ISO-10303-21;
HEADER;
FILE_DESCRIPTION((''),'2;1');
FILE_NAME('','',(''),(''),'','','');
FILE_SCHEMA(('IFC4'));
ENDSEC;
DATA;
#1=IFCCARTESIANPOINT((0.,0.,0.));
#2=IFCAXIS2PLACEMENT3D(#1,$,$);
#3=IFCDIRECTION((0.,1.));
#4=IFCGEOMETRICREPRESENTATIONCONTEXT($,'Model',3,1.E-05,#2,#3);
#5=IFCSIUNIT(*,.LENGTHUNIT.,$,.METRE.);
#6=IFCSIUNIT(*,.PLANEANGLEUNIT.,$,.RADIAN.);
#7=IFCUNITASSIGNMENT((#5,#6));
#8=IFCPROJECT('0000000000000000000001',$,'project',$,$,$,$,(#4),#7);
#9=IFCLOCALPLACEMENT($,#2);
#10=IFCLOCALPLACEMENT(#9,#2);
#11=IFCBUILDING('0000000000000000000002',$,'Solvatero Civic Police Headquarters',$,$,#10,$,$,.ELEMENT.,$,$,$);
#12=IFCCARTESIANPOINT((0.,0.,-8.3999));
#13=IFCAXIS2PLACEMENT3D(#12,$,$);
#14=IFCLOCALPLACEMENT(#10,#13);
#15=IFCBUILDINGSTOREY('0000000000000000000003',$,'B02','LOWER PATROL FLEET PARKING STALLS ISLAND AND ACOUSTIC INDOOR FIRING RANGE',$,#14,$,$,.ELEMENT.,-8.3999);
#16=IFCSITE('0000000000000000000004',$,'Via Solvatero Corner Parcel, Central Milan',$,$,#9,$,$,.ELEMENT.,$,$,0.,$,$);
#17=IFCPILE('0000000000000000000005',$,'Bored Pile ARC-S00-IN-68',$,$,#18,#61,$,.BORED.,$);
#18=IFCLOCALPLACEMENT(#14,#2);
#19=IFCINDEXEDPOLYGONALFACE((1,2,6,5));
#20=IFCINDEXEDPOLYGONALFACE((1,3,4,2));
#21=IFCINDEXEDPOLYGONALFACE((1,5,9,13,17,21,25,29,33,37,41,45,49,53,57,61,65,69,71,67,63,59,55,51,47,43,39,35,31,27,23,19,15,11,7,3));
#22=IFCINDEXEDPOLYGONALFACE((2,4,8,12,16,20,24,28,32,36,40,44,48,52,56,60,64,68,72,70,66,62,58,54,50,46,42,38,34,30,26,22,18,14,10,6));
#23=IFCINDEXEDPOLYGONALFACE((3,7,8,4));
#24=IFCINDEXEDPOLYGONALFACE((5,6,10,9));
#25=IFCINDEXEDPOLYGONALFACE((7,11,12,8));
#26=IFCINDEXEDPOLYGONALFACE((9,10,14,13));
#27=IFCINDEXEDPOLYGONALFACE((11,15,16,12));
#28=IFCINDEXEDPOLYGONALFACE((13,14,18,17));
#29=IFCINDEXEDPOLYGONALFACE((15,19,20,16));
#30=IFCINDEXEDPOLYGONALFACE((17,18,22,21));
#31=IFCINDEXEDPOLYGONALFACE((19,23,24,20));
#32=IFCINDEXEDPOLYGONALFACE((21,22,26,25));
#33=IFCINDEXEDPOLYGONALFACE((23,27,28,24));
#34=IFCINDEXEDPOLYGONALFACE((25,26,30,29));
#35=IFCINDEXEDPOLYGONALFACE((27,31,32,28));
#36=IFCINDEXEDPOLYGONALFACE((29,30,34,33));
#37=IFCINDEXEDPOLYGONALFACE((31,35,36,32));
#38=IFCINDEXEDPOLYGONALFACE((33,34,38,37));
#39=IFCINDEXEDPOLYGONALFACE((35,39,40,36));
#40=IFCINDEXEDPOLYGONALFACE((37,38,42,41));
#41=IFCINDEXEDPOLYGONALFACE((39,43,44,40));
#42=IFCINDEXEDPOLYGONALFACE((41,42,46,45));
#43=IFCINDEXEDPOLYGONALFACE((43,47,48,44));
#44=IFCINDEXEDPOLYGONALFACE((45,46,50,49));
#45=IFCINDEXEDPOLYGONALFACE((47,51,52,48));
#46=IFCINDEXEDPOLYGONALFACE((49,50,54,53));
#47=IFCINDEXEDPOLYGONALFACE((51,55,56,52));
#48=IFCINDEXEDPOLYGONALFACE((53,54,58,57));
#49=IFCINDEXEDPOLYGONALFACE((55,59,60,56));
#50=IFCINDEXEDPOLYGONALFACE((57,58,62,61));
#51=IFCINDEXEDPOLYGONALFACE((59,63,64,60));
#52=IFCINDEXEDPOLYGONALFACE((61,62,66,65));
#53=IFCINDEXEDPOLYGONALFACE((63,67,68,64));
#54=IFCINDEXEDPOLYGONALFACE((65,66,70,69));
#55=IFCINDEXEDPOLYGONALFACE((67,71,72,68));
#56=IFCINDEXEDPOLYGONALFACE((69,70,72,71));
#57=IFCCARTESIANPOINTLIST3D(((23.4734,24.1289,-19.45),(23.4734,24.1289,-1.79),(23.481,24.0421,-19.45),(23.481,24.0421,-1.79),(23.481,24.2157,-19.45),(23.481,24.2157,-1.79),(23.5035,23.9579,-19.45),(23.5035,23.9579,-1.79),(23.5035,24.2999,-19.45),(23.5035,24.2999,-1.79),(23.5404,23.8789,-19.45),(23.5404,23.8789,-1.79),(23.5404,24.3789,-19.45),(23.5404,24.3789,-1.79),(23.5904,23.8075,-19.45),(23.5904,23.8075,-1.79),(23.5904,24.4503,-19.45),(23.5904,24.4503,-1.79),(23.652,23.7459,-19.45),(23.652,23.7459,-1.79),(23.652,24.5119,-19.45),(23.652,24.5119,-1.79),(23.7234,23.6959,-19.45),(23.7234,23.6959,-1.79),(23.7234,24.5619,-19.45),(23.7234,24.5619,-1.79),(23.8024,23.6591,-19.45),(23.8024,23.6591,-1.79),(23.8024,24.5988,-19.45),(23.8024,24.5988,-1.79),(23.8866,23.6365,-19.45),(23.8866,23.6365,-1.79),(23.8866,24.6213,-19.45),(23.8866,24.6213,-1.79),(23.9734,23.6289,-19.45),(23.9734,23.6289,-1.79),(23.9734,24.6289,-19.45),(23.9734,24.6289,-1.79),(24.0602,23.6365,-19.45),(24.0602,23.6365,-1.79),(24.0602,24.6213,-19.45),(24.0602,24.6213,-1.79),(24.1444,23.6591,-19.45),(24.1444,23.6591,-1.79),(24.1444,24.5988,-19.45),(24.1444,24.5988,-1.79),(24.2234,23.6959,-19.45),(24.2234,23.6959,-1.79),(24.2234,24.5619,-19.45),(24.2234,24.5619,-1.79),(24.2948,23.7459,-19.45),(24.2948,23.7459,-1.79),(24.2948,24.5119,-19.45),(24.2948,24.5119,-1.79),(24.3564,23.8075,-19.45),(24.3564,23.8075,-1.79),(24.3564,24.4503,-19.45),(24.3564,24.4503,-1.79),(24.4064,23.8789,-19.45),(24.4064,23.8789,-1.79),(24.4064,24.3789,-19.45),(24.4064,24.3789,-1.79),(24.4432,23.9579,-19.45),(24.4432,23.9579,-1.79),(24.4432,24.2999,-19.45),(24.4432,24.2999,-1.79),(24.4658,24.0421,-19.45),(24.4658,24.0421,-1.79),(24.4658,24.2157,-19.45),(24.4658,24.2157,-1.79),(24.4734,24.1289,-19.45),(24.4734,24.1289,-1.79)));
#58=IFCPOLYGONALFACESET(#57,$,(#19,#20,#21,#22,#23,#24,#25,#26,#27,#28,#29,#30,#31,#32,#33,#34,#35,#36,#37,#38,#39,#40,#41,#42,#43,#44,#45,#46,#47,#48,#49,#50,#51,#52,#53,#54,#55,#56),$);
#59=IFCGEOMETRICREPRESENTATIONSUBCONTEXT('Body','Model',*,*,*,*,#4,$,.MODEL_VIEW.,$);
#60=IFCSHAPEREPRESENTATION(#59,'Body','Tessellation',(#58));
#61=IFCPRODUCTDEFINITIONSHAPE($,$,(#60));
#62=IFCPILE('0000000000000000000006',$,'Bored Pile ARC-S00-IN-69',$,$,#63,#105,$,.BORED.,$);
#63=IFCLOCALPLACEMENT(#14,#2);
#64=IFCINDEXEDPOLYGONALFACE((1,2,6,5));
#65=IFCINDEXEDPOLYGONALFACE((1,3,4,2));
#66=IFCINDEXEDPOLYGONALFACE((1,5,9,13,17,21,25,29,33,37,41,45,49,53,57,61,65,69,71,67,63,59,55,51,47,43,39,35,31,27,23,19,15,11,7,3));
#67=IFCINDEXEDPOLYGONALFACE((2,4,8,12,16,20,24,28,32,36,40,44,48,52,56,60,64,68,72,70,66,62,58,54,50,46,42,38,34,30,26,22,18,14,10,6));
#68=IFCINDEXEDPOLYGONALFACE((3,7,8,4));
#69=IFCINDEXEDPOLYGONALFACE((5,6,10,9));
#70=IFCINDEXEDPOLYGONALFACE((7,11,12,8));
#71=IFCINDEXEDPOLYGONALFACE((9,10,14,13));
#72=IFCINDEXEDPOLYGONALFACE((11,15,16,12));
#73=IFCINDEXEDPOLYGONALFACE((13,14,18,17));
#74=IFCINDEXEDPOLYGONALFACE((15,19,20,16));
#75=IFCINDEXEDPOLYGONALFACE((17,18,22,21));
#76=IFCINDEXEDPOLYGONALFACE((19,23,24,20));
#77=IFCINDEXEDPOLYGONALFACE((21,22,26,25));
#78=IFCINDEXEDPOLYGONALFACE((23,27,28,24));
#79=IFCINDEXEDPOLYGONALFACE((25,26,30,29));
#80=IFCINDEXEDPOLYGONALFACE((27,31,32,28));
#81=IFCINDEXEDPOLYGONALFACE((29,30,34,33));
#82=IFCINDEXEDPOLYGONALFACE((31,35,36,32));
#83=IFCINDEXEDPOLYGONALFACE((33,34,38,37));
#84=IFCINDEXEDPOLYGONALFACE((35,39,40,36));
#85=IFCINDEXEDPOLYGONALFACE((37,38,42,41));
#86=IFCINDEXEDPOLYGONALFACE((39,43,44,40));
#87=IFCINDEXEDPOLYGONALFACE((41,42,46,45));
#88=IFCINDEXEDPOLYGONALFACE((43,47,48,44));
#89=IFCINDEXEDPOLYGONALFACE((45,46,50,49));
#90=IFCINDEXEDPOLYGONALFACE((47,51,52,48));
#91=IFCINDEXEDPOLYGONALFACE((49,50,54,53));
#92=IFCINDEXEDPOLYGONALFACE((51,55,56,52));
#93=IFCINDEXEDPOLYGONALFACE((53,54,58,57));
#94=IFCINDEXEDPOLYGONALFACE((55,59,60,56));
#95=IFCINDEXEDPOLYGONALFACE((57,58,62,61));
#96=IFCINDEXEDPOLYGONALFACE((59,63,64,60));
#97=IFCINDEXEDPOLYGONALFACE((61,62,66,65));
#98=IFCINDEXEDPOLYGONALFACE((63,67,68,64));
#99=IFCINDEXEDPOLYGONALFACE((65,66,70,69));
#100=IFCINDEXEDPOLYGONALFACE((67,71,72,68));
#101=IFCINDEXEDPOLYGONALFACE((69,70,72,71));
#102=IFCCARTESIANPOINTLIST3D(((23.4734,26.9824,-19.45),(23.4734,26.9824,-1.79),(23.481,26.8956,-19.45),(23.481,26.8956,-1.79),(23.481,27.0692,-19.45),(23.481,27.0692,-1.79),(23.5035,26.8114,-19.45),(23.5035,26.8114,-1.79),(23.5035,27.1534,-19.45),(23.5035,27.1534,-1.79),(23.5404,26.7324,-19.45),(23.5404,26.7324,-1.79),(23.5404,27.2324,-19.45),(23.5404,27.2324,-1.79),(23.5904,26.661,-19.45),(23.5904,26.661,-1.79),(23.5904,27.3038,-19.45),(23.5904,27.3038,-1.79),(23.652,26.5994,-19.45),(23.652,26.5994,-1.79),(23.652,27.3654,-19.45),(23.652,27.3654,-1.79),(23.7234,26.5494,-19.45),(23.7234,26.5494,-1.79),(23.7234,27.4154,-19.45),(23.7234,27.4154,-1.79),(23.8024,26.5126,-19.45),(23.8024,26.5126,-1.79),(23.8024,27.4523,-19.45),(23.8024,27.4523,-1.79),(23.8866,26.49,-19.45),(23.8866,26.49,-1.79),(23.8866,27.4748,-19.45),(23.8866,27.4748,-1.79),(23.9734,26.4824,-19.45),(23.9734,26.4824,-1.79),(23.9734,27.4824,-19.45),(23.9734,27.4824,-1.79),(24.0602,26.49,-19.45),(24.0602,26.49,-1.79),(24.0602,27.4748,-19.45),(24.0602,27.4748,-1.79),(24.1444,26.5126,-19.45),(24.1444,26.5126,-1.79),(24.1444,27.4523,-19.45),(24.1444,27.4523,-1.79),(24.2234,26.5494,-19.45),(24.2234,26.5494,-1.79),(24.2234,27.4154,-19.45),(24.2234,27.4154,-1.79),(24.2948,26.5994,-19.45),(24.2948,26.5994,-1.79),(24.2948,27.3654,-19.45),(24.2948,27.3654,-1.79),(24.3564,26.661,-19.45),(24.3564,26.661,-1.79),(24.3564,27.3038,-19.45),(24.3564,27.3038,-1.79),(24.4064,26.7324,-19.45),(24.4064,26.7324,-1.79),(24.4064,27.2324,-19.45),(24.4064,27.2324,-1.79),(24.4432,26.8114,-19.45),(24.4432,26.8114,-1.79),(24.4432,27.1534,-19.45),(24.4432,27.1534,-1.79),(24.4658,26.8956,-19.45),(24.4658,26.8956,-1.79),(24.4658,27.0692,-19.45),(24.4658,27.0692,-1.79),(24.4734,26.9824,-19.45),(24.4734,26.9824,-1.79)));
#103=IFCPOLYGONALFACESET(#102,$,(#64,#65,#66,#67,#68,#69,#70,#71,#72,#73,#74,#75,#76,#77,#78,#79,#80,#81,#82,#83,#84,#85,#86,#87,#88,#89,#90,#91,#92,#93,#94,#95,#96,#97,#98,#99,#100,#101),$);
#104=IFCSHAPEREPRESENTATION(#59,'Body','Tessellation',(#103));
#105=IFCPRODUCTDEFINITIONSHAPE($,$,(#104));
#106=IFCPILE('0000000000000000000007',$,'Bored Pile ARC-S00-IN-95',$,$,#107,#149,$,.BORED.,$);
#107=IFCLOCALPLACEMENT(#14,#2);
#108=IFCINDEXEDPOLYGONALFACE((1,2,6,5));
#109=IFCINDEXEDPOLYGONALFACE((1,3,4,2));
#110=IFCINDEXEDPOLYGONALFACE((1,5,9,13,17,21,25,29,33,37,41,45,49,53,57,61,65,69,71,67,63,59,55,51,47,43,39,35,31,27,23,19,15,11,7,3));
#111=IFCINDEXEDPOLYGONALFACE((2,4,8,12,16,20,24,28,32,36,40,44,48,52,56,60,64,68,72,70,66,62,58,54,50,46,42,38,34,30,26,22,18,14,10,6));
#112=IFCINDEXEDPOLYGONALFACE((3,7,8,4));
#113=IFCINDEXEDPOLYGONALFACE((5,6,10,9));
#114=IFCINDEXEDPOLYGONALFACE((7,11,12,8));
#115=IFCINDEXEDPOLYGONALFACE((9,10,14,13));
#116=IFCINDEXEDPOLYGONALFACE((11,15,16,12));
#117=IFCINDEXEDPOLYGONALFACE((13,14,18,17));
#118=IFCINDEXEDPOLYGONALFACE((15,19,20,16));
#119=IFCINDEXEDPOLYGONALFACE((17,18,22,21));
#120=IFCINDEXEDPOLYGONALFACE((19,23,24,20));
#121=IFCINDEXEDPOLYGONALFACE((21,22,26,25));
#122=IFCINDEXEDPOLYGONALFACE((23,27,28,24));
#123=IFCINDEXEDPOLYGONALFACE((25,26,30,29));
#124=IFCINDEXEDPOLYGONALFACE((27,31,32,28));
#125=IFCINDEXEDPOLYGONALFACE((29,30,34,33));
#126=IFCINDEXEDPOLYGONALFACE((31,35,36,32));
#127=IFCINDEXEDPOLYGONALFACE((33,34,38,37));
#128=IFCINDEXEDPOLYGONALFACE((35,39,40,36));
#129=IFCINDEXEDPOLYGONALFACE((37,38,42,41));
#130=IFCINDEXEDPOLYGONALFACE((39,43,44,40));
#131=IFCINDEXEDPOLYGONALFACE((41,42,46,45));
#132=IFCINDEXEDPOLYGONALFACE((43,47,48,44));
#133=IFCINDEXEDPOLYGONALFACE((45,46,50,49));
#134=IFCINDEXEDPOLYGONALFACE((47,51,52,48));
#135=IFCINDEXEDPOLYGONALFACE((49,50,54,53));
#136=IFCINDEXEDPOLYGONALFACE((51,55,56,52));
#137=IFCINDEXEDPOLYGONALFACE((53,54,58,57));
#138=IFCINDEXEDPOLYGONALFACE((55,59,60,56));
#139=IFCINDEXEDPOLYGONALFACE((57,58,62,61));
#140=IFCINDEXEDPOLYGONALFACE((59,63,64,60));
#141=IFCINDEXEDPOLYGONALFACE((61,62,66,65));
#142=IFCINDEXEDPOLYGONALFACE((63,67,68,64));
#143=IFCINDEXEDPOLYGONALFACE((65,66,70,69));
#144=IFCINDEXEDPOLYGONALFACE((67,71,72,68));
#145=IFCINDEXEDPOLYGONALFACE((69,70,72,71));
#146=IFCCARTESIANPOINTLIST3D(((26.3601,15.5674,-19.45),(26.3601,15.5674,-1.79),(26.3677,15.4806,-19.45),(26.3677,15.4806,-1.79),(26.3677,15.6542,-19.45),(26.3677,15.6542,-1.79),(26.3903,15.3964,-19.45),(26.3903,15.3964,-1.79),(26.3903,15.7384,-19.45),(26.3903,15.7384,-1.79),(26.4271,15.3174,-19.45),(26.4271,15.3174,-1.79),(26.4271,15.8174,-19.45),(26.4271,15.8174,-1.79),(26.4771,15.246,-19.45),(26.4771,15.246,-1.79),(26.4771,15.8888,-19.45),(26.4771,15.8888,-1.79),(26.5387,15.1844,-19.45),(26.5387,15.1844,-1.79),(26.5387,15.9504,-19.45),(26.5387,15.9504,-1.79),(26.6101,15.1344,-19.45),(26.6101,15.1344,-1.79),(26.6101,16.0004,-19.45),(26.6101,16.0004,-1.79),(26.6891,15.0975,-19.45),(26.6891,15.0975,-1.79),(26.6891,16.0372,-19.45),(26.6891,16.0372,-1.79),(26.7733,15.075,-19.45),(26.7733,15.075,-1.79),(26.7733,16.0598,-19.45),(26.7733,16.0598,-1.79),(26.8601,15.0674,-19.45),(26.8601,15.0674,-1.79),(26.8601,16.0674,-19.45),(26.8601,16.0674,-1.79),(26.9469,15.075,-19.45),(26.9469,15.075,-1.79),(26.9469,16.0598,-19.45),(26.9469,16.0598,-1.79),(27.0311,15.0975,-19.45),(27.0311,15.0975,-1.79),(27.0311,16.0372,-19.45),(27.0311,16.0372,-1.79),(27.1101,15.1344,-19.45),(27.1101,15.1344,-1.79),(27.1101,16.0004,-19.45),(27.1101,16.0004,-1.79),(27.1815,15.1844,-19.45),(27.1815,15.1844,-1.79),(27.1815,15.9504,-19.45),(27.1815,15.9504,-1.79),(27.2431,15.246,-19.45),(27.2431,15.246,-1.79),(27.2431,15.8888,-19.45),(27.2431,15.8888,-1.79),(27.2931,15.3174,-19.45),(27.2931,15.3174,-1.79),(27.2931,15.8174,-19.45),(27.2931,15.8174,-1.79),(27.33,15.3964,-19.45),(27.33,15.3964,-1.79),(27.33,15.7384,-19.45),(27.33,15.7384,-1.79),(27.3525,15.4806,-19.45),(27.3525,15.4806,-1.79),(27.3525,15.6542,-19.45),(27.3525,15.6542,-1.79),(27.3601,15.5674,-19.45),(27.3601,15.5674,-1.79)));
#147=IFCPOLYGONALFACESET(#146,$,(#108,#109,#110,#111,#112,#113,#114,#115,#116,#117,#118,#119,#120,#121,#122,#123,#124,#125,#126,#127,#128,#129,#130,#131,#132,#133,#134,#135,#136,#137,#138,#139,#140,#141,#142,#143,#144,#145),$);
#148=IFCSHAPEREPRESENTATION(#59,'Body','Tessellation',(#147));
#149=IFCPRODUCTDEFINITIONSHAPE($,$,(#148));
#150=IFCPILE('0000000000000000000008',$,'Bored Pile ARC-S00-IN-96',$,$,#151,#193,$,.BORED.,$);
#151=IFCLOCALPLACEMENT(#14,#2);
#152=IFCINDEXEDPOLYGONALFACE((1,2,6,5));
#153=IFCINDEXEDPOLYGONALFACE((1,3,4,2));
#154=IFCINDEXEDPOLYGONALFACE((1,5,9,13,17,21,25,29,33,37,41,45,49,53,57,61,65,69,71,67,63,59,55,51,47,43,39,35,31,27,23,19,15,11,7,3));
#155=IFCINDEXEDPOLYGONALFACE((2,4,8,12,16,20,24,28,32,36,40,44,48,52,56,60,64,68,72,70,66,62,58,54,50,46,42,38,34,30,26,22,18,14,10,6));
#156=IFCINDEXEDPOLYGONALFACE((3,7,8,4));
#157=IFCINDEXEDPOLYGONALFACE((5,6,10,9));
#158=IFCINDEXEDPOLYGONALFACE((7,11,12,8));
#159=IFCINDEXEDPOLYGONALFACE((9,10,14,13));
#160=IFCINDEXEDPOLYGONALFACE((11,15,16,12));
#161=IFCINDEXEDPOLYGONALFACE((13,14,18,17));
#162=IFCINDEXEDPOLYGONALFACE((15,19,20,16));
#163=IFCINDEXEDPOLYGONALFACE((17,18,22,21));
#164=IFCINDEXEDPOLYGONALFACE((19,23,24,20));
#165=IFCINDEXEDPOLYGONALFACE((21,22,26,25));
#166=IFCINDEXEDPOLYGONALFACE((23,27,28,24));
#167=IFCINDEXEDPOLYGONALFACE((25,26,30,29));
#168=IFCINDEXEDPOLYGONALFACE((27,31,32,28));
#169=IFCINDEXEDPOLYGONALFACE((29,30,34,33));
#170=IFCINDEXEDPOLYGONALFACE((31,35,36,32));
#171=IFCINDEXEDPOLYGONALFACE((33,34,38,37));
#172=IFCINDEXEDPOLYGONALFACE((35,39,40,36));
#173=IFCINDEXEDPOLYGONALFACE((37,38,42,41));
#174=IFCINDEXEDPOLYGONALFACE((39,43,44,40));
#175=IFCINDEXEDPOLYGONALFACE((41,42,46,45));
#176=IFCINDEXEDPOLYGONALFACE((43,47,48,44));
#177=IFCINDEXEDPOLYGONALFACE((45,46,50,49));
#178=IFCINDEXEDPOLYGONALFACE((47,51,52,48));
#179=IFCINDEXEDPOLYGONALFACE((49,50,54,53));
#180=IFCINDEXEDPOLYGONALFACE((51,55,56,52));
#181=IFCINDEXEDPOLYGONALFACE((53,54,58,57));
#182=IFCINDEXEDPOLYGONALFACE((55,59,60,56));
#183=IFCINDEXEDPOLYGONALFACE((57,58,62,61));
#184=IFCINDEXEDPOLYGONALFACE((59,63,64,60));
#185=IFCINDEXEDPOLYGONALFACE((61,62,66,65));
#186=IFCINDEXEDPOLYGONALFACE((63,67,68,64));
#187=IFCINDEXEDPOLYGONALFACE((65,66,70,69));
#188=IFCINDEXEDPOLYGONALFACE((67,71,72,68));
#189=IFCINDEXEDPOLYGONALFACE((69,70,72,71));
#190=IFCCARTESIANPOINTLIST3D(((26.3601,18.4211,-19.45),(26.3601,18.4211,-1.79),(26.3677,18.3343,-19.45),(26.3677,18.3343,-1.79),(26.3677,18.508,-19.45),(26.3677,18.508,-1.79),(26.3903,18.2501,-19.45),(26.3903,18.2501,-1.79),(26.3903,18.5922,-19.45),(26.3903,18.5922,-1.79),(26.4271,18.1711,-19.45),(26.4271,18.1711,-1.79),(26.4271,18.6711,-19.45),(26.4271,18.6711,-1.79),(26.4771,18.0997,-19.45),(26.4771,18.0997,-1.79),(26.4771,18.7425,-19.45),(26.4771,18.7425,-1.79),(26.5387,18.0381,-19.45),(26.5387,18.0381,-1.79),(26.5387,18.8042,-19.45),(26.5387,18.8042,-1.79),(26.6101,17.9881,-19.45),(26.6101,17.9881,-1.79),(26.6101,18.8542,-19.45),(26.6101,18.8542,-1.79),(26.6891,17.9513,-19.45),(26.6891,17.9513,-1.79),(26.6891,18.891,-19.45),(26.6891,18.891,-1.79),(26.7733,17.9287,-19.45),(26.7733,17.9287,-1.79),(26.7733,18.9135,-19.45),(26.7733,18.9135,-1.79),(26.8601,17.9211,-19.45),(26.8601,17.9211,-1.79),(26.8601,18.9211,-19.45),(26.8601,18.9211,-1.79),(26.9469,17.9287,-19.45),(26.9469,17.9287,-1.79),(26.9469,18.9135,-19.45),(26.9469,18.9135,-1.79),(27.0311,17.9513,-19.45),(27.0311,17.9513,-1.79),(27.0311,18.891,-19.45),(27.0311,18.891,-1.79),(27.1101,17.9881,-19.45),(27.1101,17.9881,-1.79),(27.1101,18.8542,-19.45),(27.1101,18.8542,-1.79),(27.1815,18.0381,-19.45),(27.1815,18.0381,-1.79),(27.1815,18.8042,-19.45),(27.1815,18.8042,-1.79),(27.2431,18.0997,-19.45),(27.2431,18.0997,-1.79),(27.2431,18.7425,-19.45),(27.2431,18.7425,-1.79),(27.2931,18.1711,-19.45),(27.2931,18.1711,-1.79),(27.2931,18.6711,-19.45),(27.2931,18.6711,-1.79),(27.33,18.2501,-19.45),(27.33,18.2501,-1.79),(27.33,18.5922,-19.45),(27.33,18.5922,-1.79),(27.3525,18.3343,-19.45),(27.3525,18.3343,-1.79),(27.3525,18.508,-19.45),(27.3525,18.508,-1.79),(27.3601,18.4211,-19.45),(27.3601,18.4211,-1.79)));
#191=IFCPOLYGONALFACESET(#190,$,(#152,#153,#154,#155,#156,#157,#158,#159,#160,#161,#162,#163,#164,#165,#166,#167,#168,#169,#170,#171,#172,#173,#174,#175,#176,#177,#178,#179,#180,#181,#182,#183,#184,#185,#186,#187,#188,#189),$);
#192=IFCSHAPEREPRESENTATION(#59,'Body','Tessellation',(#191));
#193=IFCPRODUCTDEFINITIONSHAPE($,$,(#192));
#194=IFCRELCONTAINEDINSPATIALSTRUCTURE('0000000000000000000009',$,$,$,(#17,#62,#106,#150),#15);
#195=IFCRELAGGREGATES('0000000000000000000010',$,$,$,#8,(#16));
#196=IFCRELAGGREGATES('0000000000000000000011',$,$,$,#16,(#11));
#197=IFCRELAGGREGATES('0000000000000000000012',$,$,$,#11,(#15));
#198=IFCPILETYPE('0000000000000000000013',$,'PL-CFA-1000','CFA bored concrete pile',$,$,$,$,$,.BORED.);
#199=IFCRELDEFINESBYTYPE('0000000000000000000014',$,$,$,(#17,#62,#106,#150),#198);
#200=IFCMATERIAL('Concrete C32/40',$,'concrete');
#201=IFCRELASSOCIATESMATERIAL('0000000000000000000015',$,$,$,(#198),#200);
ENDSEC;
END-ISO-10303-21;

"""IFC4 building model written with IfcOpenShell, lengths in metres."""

from ifc_helpers import new_model, si_unit, direction, frame, origin, origin_2d, place, context, subcontext, project, spatial, circle, extrude, material, material_profile, profile_set, type_object, element, save


model = new_model("IFC4")

# Units and contexts
model_context = context("Model", 3, precision=1e-05, world=origin(), true_north=direction((0.0, 1.0)))
body_context = subcontext(model_context, "Body", "Model", "MODEL_VIEW")
ifc_project = project(units=[si_unit("LENGTHUNIT", "METRE"), si_unit("PLANEANGLEUNIT", "RADIAN")], contexts=[model_context])

# Site, building, storey
site_placement = place(None, origin())
site = spatial("IfcSite", under=ifc_project, at=site_placement, Name="Via Solvatero Corner Parcel, Central Milan", CompositionType="ELEMENT", RefElevation=0.0)
building_placement = place(site_placement, origin())
building = spatial("IfcBuilding", under=site, at=building_placement, Name="Solvatero Civic Police Headquarters", CompositionType="ELEMENT")
storey_placement = place(building_placement, frame((0.0, 0.0, -8.3999)))
storey = spatial("IfcBuildingStorey", under=building, at=storey_placement, Name="B02", Description="LOWER PATROL FLEET PARKING STALLS ISLAND AND ACOUSTIC INDOOR FIRING RANGE", CompositionType="ELEMENT", Elevation=-8.3999)

# Piles
ifc_material_1 = material(Name="Concrete C32/40", Category="concrete")
ifc_material_profile_1 = material_profile(ifc_material_1, circle(Radius=0.5, at=origin_2d()), Name="CFA PILE D1000")
ifc_profile_set_1 = profile_set([ifc_material_profile_1], Name="Concrete C32/40")
pile_type_1 = type_object("IfcPileType", Name="PL-CFA-1000", Description="CFA bored concrete pile", PredefinedType="BORED", material=ifc_profile_set_1)
for number, where, z_axis, x_axis, name in (
    (1, (23.9734, 24.1289, -1.79), (0.0, 0.0, -1.0), (1.0, 0.0, 0.0), "Bored Pile ARC-S00-IN-68"),
    (2, (23.9734, 26.9824, -1.79), (0.0, 0.0, -1.0), (1.0, 0.0, 0.0), "Bored Pile ARC-S00-IN-69"),
    (3, (26.8601, 15.5674, -1.79), (0.0, 0.0, -1.0), (1.0, 0.0, 0.0), "Bored Pile ARC-S00-IN-95"),
    (4, (26.8601, 18.4211, -1.79), (0.0, 0.0, -1.0), (1.0, 0.0, 0.0), "Bored Pile ARC-S00-IN-96"),
):
    element("IfcPile", number, at=place(storey_placement, frame(where, z_axis=z_axis, x_axis=x_axis)), inside=storey, type_object=pile_type_1, Name=name, PredefinedType="BORED", context=body_context, shape_type="SweptSolid", body=[
        extrude(circle(Radius=0.5, at=origin_2d()), origin(), (0.0, 0.0, 1.0), 17.6599),
    ])

save(model, "model.ifc")
